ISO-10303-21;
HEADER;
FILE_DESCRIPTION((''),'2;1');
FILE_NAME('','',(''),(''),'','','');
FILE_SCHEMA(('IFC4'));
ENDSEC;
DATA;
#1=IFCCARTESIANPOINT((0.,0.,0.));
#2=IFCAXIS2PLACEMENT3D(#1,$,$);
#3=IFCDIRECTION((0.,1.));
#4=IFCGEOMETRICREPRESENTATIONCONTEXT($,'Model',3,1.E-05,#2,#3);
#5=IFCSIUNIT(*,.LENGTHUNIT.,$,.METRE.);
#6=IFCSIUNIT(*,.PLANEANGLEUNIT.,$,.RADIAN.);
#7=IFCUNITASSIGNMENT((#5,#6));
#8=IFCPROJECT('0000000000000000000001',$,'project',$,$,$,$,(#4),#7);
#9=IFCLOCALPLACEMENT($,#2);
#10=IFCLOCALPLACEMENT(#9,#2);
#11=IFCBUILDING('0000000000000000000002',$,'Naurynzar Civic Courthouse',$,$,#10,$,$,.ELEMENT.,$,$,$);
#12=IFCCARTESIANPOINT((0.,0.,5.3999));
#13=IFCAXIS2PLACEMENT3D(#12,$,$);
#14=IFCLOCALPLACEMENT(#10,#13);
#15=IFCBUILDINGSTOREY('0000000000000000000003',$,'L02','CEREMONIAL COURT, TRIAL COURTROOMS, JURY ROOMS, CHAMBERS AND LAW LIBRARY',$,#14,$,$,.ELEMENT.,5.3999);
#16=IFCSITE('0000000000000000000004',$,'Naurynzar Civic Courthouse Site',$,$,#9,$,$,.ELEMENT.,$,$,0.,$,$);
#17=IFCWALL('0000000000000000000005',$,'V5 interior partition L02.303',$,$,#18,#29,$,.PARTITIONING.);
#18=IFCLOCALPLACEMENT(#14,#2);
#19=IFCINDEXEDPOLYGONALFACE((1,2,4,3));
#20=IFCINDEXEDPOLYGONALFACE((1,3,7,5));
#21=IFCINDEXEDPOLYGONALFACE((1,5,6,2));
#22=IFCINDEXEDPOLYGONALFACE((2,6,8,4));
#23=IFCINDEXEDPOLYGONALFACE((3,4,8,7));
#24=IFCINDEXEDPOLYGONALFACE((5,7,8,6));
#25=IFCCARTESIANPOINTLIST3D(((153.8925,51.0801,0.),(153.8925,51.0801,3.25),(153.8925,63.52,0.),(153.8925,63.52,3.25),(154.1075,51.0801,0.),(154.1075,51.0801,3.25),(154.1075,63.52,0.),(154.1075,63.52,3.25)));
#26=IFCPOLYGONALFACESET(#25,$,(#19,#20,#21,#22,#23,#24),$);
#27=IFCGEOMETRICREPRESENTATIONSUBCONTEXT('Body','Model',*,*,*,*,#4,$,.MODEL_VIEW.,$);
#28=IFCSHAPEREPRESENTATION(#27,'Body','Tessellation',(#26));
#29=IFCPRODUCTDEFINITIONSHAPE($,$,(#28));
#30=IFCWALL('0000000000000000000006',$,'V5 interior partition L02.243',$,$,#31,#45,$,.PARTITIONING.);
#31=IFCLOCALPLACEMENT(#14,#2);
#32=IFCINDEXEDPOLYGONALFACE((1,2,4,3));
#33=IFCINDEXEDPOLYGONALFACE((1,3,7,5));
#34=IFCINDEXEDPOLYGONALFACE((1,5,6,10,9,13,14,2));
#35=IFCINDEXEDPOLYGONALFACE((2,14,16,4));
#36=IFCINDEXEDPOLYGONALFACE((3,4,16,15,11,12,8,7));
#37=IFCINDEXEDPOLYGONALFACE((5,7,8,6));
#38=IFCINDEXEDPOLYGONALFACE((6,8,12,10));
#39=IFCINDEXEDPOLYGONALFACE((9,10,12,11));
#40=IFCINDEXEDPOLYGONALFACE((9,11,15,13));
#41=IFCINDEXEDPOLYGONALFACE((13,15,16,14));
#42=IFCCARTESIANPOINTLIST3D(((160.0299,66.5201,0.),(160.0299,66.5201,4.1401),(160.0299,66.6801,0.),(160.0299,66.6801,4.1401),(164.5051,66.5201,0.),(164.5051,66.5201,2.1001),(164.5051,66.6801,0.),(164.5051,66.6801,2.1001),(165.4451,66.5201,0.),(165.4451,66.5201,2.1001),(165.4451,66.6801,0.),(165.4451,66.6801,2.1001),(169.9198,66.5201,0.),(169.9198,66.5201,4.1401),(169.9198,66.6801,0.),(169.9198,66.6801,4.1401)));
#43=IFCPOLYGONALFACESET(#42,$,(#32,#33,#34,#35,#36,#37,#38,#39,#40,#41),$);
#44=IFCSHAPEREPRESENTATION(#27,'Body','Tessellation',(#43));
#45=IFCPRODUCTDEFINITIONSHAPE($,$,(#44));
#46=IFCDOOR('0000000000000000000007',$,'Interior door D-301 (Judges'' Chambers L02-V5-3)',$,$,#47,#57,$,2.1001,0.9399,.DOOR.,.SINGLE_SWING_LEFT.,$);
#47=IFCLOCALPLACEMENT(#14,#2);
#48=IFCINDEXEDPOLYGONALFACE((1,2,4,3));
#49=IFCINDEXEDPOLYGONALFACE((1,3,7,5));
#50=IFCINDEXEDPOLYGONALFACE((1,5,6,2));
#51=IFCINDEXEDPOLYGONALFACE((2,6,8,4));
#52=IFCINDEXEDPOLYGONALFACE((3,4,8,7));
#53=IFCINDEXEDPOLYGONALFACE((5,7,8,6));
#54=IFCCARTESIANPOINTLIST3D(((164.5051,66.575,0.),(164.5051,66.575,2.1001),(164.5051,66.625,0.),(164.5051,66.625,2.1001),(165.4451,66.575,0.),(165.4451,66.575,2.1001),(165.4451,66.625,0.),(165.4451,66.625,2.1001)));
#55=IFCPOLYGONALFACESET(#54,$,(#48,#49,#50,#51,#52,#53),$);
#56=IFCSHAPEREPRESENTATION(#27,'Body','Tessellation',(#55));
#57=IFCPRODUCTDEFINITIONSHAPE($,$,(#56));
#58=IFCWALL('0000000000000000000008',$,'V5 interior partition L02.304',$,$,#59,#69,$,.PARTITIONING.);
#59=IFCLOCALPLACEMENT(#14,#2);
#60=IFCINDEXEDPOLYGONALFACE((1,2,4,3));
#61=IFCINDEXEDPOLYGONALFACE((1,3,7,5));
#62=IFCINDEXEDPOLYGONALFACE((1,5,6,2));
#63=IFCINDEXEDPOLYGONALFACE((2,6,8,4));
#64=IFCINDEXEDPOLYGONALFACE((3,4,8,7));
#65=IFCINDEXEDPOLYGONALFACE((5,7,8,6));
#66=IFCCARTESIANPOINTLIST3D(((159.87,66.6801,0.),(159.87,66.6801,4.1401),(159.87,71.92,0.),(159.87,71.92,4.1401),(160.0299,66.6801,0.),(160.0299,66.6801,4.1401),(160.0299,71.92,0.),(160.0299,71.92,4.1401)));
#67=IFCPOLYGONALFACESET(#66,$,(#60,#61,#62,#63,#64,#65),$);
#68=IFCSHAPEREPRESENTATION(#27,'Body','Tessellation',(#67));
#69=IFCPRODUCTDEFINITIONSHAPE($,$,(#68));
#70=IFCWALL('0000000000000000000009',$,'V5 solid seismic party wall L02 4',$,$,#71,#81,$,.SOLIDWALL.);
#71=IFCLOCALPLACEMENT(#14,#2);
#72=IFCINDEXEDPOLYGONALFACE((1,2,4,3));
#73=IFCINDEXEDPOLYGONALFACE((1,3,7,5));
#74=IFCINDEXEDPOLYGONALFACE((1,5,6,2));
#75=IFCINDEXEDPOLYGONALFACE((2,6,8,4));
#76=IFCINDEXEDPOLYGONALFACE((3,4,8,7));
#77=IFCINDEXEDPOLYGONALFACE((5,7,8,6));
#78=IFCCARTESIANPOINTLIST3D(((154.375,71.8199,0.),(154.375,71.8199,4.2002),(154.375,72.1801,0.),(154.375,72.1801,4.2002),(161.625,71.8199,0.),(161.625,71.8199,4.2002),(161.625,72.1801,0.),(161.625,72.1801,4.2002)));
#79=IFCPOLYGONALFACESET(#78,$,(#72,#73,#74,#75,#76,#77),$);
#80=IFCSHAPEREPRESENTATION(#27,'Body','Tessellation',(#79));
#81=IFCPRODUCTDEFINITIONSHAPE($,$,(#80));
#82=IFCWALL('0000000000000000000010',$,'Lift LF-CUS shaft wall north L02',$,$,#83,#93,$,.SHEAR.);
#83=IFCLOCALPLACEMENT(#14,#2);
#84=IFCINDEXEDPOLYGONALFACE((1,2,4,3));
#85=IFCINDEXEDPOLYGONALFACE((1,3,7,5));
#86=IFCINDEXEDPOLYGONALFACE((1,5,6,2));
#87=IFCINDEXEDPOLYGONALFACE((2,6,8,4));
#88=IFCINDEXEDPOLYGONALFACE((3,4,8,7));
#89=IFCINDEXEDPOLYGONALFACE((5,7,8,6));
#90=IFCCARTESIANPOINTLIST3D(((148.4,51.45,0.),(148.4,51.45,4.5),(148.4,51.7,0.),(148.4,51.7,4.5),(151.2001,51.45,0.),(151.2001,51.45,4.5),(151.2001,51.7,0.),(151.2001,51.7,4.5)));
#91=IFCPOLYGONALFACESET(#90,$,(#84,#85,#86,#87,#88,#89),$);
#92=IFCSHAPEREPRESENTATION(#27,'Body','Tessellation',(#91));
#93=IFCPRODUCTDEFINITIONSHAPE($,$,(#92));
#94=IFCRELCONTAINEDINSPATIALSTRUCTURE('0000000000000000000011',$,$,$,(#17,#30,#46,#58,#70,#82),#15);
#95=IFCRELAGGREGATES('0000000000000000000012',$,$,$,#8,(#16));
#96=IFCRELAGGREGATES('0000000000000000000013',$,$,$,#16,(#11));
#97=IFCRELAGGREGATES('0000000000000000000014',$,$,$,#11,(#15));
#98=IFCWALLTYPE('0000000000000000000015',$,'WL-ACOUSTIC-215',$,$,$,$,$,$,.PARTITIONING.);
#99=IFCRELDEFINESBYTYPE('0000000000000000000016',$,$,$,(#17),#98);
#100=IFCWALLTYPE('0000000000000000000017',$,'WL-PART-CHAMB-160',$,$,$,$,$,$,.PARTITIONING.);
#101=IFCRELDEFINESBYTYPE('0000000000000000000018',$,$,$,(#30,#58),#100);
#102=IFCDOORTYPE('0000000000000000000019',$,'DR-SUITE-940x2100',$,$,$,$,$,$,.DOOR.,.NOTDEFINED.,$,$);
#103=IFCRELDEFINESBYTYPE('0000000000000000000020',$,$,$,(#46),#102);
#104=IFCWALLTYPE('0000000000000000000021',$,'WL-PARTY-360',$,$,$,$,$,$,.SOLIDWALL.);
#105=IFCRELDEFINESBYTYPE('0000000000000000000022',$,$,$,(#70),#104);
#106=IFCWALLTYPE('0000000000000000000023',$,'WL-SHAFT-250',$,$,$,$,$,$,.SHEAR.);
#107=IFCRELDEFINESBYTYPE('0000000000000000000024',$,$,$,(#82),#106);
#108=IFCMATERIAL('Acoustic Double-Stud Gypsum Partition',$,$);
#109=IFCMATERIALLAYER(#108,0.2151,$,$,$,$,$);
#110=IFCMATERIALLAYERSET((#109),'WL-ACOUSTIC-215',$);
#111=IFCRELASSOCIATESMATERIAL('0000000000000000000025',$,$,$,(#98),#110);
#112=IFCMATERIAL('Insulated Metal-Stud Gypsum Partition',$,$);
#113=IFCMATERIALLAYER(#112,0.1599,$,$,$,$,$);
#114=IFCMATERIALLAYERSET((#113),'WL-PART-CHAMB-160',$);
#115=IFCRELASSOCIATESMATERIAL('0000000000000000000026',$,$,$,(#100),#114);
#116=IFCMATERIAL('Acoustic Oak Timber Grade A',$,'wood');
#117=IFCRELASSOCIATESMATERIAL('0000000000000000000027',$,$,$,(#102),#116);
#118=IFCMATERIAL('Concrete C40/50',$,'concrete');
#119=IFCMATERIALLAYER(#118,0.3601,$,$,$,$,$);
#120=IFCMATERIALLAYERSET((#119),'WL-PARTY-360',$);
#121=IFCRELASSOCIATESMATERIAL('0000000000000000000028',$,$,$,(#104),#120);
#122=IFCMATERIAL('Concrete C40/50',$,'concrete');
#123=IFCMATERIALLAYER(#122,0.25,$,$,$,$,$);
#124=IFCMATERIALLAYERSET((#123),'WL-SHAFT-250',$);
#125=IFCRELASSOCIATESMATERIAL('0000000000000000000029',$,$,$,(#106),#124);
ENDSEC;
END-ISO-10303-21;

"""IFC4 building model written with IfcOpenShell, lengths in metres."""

from ifc_helpers import new_model, si_unit, direction, frame, frame_2d, origin, place, context, subcontext, project, spatial, rectangle, extrude, material, layer, layer_set, type_object, element, fill, save


model = new_model("IFC4")

# Units and contexts
model_context = context("Model", 3, precision=1e-05, world=origin(), true_north=direction((0.0, 1.0)))
body_context = subcontext(model_context, "Body", "Model", "MODEL_VIEW")
ifc_project = project(units=[si_unit("LENGTHUNIT", "METRE"), si_unit("PLANEANGLEUNIT", "RADIAN")], contexts=[model_context])

# Site, building, storey
site_placement = place(None, origin())
site = spatial("IfcSite", under=ifc_project, at=site_placement, Name="Naurynzar Civic Courthouse Site", CompositionType="ELEMENT", RefElevation=0.0)
building_placement = place(site_placement, origin())
building = spatial("IfcBuilding", under=site, at=building_placement, Name="Naurynzar Civic Courthouse", CompositionType="ELEMENT")
storey_placement = place(building_placement, frame((0.0, 0.0, 5.3999)))
storey = spatial("IfcBuildingStorey", under=building, at=storey_placement, Name="L02", Description="CEREMONIAL COURT, TRIAL COURTROOMS, JURY ROOMS, CHAMBERS AND LAW LIBRARY", CompositionType="ELEMENT", Elevation=5.3999)

# Shared definitions
ifc_material_1 = material(Name="Acoustic Double-Stud Gypsum Partition")
ifc_layer_1 = layer(ifc_material_1, 0.2151)
ifc_layer_set_1 = layer_set([ifc_layer_1], Name="WL-ACOUSTIC-215")
wall_type_1 = type_object("IfcWallType", Name="WL-ACOUSTIC-215", PredefinedType="PARTITIONING", material=ifc_layer_set_1)

# Wall
wall_1_placement = place(storey_placement, frame((154.0, 51.0801, 0.0), z_axis=(0.0, 0.0, 1.0), x_axis=(0.0, 1.0, 0.0)))
element("IfcWall", 1, at=wall_1_placement, inside=storey, type_object=wall_type_1, Name="V5 interior partition L02.303", PredefinedType="PARTITIONING", context=body_context, shape_type="SweptSolid", body=[
    extrude(rectangle(XDim=12.4399, YDim=0.2151, at=frame_2d((6.22, 0.0))), origin(), (0.0, 0.0, 1.0), 3.25),
])

# Wall, opening, door
ifc_material_2 = material(Name="Insulated Metal-Stud Gypsum Partition")
ifc_layer_2 = layer(ifc_material_2, 0.1599)
ifc_layer_set_2 = layer_set([ifc_layer_2], Name="WL-PART-CHAMB-160")
wall_type_2 = type_object("IfcWallType", Name="WL-PART-CHAMB-160", PredefinedType="PARTITIONING", material=ifc_layer_set_2)
wall_2_placement = place(storey_placement, frame((160.03, 66.6001, 0.0), z_axis=(0.0, 0.0, 1.0), x_axis=(1.0, 0.0, 0.0)))
wall_2 = element("IfcWall", 2, at=wall_2_placement, inside=storey, type_object=wall_type_2, Name="V5 interior partition L02.243", PredefinedType="PARTITIONING", context=body_context, shape_type="SweptSolid", body=[
    extrude(rectangle(XDim=9.8899, YDim=0.1599, at=frame_2d((4.9448, 0.0))), origin(), (0.0, 0.0, 1.0), 4.1401),
])
opening_1_placement = place(wall_2_placement, frame((4.4751, 0.0, 0.0)))
opening_1 = element("IfcOpeningElement", 3, at=opening_1_placement, cuts=wall_2, PredefinedType="OPENING", context=body_context, shape_type="SweptSolid", body=[
    extrude(rectangle(XDim=0.9399, YDim=2.1001, at=frame_2d((0.47, 1.05))), frame((0.0, 0.0898, 0.0), z_axis=(0.0, -1.0, 0.0), x_axis=(1.0, 0.0, 0.0)), (0.0, 0.0, 1.0), 0.1799),
])
ifc_material_3 = material(Name="Acoustic Oak Timber Grade A", Category="wood")
door_type_1 = type_object("IfcDoorType", Name="DR-SUITE-940x2100", OperationType="NOTDEFINED", PredefinedType="DOOR", material=ifc_material_3)
door_1_placement = place(opening_1_placement, origin())
door_1 = element("IfcDoor", 4, at=door_1_placement, inside=storey, type_object=door_type_1, Name="Interior door D-301 (Judges' Chambers L02-V5-3)", OperationType="SINGLE_SWING_LEFT", OverallHeight=2.1001, OverallWidth=0.9399, PredefinedType="DOOR", context=body_context, shape_type="SweptSolid", body=[
    extrude(rectangle(XDim=0.9399, YDim=2.1001, at=frame_2d((0.47, 1.05))), frame((0.0, 0.0249, 0.0), z_axis=(0.0, -1.0, 0.0), x_axis=(1.0, 0.0, 0.0)), (0.0, 0.0, 1.0), 0.05),
])
fill(opening_1, door_1)

# Walls
wall_3_placement = place(storey_placement, frame((159.95, 66.6799, 0.0), z_axis=(0.0, 0.0, 1.0), x_axis=(0.0, 1.0, 0.0)))
element("IfcWall", 5, at=wall_3_placement, inside=storey, type_object=wall_type_2, Name="V5 interior partition L02.304", PredefinedType="PARTITIONING", context=body_context, shape_type="SweptSolid", body=[
    extrude(rectangle(XDim=5.24, YDim=0.1599, at=frame_2d((2.6201, 0.0))), origin(), (0.0, 0.0, 1.0), 4.1401),
])
ifc_material_4 = material(Name="Concrete C40/50", Category="concrete")
ifc_layer_3 = layer(ifc_material_4, 0.3601)
ifc_layer_set_3 = layer_set([ifc_layer_3], Name="WL-PARTY-360")
wall_type_3 = type_object("IfcWallType", Name="WL-PARTY-360", PredefinedType="SOLIDWALL", material=ifc_layer_set_3)
wall_4_placement = place(storey_placement, frame((154.375, 72.0, 0.0), z_axis=(0.0, 0.0, 1.0), x_axis=(1.0, 0.0, 0.0)))
element("IfcWall", 6, at=wall_4_placement, inside=storey, type_object=wall_type_3, Name="V5 solid seismic party wall L02 4", PredefinedType="SOLIDWALL", context=body_context, shape_type="SweptSolid", body=[
    extrude(rectangle(XDim=7.25, YDim=0.3601, at=frame_2d((3.625, 0.0))), origin(), (0.0, 0.0, 1.0), 4.2002),
])
ifc_material_5 = material(Name="Concrete C40/50", Category="concrete")
ifc_layer_4 = layer(ifc_material_5, 0.25)
ifc_layer_set_4 = layer_set([ifc_layer_4], Name="WL-SHAFT-250")
wall_type_4 = type_object("IfcWallType", Name="WL-SHAFT-250", PredefinedType="SHEAR", material=ifc_layer_set_4)
wall_5_placement = place(storey_placement, frame((151.2, 51.575, 0.0), z_axis=(0.0, 0.0, 1.0), x_axis=(-1.0, 0.0, 0.0)))
element("IfcWall", 7, at=wall_5_placement, inside=storey, type_object=wall_type_4, Name="Lift LF-CUS shaft wall north L02", PredefinedType="SHEAR", context=body_context, shape_type="SweptSolid", body=[
    extrude(rectangle(XDim=2.8, YDim=0.25, at=frame_2d((1.3999, 0.0))), origin(), (0.0, 0.0, 1.0), 4.5),
])

save(model, "model.ifc")
